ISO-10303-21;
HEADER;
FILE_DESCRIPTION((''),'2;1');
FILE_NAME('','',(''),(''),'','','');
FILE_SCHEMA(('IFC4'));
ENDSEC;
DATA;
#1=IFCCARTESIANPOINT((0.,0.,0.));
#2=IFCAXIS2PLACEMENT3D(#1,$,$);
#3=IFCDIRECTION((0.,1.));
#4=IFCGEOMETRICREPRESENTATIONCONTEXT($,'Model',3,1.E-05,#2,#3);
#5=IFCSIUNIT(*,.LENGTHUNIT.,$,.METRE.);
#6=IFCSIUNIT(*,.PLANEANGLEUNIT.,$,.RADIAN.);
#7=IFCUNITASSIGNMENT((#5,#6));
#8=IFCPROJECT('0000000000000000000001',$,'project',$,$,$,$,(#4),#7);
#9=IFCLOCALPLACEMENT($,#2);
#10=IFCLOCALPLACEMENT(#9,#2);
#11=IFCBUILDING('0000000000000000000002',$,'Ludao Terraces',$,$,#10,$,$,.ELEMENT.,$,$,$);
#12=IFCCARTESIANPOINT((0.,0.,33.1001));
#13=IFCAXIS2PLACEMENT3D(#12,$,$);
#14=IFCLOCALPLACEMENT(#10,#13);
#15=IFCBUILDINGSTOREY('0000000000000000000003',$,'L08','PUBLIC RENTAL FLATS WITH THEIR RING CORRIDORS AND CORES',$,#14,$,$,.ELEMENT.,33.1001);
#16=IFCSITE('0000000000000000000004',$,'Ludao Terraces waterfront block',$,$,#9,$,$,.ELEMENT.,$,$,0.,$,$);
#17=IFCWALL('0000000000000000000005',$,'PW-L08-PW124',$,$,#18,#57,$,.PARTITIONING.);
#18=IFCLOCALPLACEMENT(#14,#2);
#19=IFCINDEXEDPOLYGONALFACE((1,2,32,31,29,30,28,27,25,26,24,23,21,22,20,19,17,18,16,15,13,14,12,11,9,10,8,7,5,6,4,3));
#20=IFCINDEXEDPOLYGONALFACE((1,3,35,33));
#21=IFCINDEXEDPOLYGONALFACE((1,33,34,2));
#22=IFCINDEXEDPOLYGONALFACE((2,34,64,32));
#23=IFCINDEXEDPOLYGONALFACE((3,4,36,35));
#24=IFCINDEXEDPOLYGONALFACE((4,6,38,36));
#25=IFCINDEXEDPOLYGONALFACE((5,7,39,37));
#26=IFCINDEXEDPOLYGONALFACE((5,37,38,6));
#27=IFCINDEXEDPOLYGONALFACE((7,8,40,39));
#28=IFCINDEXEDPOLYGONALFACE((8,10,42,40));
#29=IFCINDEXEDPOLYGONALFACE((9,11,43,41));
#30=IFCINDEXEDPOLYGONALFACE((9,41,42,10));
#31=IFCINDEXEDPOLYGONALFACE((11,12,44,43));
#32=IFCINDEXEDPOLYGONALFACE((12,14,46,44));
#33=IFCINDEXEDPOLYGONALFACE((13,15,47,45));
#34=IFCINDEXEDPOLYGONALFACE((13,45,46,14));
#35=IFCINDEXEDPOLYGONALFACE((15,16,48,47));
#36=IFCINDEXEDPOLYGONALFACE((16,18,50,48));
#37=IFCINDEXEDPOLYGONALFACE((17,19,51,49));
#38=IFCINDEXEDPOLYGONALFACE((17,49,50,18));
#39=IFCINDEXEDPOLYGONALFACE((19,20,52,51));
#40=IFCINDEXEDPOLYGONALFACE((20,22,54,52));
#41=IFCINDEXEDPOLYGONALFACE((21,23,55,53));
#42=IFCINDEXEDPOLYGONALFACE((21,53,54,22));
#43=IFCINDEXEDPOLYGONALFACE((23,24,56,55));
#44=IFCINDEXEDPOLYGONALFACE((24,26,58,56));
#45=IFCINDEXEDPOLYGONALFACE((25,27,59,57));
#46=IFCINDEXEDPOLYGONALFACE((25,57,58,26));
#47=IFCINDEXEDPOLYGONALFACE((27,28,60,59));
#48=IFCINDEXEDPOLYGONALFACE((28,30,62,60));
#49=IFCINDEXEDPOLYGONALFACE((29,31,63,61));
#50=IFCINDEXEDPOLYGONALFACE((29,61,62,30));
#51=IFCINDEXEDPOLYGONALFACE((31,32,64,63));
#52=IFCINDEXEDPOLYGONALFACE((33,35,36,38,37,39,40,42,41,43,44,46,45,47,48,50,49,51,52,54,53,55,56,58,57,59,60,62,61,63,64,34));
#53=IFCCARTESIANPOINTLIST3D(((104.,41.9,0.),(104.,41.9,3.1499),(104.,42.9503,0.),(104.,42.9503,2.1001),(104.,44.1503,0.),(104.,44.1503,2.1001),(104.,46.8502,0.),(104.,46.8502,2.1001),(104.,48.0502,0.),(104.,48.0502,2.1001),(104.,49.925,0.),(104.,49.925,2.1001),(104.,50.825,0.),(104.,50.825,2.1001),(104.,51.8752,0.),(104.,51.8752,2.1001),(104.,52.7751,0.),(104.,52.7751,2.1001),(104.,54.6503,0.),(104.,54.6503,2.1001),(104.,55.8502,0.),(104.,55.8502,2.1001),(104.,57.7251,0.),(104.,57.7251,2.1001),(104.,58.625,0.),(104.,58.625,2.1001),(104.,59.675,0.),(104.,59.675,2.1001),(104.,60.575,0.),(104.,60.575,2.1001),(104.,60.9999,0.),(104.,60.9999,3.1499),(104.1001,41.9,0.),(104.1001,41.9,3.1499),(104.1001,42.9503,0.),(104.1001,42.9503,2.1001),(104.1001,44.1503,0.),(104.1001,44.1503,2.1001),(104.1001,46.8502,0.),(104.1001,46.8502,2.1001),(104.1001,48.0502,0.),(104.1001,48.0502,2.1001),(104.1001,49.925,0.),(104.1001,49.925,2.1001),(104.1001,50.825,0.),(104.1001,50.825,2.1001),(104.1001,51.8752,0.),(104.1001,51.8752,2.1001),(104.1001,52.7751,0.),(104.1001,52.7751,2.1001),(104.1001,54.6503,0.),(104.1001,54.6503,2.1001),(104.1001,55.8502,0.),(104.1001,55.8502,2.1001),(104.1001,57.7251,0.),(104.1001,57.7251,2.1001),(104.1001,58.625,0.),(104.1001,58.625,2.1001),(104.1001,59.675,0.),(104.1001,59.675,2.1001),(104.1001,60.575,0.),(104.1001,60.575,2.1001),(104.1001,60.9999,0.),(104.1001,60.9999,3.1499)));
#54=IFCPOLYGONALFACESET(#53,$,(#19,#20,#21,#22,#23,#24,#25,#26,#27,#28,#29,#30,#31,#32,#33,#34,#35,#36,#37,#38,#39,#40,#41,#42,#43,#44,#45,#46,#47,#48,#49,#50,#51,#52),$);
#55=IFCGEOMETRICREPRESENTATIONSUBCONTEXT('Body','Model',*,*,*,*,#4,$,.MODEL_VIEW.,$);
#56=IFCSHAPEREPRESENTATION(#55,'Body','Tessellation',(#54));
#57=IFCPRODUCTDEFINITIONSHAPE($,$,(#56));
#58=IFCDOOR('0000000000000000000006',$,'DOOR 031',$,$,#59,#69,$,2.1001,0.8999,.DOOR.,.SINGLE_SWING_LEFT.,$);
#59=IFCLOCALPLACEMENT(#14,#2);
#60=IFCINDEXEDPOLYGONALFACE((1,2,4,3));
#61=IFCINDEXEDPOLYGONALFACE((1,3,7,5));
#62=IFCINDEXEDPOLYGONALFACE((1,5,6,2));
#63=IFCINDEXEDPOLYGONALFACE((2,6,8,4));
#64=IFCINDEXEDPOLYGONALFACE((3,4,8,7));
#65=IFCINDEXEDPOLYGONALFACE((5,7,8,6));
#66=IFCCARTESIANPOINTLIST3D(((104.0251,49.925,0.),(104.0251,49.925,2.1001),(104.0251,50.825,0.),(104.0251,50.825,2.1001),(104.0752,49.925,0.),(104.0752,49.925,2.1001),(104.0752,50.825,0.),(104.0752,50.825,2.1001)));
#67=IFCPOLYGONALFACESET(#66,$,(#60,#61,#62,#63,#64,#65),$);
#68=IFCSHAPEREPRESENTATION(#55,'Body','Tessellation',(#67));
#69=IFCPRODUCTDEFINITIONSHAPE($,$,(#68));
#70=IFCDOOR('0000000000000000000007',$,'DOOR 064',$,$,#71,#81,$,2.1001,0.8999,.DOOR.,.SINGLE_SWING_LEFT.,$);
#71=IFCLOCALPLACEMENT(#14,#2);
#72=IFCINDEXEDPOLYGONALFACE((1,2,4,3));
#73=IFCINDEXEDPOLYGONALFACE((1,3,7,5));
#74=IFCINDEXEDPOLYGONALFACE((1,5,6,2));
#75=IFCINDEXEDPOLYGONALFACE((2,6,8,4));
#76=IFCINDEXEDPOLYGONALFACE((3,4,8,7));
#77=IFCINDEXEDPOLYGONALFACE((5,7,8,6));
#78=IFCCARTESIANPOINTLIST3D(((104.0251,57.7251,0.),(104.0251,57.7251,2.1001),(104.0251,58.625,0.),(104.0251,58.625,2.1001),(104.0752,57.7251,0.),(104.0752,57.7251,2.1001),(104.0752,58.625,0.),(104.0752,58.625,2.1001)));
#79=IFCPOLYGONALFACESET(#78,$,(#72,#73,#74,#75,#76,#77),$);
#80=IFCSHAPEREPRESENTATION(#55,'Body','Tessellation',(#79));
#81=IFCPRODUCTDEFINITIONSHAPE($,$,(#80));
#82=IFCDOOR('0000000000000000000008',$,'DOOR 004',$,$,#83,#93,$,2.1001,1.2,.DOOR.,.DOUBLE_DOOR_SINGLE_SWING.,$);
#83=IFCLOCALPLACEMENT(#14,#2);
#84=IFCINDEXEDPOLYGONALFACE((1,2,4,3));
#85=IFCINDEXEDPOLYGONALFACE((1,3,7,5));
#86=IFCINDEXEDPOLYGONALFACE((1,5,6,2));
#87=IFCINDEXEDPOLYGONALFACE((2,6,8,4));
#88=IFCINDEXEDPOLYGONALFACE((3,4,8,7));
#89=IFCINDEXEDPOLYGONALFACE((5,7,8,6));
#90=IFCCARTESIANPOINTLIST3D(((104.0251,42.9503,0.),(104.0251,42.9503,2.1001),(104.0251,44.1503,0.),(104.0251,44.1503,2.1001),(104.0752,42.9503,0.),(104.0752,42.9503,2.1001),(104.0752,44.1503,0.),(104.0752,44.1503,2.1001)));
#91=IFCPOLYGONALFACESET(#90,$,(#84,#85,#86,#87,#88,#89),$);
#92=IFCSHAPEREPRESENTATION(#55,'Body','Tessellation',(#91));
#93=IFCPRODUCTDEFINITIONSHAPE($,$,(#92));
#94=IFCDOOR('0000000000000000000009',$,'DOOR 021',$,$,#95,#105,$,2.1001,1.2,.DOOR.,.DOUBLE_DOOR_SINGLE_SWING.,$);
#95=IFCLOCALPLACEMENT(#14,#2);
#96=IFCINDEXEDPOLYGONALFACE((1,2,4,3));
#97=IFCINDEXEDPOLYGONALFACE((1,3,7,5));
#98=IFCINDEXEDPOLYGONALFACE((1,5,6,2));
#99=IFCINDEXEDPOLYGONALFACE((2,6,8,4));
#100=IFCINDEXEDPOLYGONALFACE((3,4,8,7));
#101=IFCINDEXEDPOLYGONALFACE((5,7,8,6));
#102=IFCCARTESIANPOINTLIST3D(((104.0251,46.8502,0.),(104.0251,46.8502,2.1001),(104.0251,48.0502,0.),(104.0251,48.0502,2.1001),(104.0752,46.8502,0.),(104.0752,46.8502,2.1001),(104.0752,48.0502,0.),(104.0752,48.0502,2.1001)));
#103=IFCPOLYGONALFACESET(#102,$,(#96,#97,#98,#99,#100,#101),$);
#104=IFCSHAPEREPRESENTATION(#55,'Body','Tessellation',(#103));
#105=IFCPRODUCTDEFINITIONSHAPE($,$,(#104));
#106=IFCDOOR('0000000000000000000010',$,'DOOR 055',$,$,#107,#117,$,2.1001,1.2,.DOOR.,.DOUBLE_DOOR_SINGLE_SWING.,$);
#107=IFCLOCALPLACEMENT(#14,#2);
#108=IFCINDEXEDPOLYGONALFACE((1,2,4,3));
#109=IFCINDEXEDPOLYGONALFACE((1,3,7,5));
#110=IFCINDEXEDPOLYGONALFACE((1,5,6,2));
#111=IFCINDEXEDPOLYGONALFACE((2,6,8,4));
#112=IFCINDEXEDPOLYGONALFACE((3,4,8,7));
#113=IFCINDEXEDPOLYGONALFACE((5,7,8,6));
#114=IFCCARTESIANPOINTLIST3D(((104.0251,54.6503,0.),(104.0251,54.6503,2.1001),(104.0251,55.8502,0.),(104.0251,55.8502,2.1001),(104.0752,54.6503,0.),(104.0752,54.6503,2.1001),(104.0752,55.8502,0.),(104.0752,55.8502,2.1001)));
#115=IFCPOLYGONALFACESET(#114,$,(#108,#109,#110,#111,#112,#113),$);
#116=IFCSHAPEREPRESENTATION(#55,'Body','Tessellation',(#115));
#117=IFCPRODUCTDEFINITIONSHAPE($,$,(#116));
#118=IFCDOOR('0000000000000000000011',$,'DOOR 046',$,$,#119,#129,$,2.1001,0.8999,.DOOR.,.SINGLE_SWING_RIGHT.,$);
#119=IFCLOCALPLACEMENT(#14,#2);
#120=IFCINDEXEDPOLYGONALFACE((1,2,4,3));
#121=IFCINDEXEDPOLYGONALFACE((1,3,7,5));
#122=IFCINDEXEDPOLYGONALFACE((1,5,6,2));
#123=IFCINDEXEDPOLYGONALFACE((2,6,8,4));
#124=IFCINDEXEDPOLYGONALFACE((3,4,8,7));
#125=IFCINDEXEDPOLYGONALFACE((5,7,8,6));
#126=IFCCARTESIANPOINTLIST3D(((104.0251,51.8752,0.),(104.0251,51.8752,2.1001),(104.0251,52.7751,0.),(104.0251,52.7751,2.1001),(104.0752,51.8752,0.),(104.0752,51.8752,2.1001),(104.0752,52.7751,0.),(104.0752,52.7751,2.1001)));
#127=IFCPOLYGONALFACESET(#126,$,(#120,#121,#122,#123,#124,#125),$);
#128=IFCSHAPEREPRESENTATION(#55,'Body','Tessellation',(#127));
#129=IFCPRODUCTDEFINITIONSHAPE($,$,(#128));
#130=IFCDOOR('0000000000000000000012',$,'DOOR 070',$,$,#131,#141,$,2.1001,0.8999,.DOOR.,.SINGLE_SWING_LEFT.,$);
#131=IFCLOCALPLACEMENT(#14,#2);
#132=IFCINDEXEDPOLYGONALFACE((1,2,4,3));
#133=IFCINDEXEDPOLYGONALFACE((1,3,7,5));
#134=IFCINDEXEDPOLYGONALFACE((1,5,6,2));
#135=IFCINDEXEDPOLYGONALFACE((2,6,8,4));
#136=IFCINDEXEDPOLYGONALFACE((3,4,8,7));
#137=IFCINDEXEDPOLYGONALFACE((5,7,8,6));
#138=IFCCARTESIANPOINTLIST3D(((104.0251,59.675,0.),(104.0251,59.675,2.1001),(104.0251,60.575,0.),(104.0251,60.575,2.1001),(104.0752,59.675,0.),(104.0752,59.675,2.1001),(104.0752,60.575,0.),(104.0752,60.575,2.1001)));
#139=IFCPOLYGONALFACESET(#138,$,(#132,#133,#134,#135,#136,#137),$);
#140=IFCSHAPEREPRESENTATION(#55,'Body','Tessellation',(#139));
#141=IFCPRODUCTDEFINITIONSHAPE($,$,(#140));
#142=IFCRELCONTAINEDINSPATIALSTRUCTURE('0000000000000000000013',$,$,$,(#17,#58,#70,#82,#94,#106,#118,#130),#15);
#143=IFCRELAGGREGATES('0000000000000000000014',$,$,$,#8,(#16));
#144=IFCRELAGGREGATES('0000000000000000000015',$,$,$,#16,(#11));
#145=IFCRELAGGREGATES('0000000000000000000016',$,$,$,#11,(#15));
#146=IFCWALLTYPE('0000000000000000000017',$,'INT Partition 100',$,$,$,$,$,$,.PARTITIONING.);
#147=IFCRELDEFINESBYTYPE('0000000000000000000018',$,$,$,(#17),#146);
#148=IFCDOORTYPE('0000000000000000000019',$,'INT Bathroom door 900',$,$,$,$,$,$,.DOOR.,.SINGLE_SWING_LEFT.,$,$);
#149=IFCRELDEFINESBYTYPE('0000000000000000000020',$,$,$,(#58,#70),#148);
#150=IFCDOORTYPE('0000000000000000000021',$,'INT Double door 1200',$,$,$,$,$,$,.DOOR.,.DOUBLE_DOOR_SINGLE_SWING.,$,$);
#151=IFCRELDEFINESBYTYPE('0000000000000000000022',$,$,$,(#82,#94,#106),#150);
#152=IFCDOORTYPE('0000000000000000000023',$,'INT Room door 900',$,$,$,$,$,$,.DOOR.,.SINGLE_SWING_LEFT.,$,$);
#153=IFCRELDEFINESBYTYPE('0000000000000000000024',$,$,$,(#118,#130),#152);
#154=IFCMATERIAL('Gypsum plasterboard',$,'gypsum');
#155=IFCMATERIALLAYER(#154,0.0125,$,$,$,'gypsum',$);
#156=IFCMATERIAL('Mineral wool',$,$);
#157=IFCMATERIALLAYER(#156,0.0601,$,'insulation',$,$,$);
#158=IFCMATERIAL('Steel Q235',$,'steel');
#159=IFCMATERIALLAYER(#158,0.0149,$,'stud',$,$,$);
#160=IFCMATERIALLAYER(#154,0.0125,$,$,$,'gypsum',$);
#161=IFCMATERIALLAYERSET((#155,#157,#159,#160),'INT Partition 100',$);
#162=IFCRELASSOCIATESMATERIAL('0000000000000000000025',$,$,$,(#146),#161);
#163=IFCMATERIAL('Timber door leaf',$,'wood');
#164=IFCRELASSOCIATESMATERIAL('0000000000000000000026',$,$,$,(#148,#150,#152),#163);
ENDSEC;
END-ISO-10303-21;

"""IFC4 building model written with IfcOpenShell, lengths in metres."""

from ifc_helpers import new_model, si_unit, direction, frame, frame_2d, origin, place, context, subcontext, project, spatial, rectangle, extrude, material, layer, layer_set, type_object, element, fill, save


model = new_model("IFC4")

# Units and contexts
model_context = context("Model", 3, precision=1e-05, world=origin(), true_north=direction((0.0, 1.0)))
body_context = subcontext(model_context, "Body", "Model", "MODEL_VIEW")
ifc_project = project(units=[si_unit("LENGTHUNIT", "METRE"), si_unit("PLANEANGLEUNIT", "RADIAN")], contexts=[model_context])

# Site, building, storey
site_placement = place(None, origin())
site = spatial("IfcSite", under=ifc_project, at=site_placement, Name="Ludao Terraces waterfront block", CompositionType="ELEMENT", RefElevation=0.0)
building_placement = place(site_placement, origin())
building = spatial("IfcBuilding", under=site, at=building_placement, Name="Ludao Terraces", CompositionType="ELEMENT")
storey_placement = place(building_placement, frame((0.0, 0.0, 33.1001)))
storey = spatial("IfcBuildingStorey", under=building, at=storey_placement, Name="L08", Description="PUBLIC RENTAL FLATS WITH THEIR RING CORRIDORS AND CORES", CompositionType="ELEMENT", Elevation=33.1001)

# Shared definitions
ifc_material_1 = material(Name="Mineral wool")

# Wall, openings, doors
ifc_material_2 = material(Name="Gypsum plasterboard", Category="gypsum")
ifc_layer_1 = layer(ifc_material_2, 0.0125, Category="gypsum")
ifc_layer_2 = layer(ifc_material_1, 0.0601, Name="insulation")
ifc_material_3 = material(Name="Steel Q235", Category="steel")
ifc_layer_3 = layer(ifc_material_3, 0.0149, Name="stud")
ifc_layer_4 = layer(ifc_material_2, 0.0125, Category="gypsum")
ifc_layer_set_1 = layer_set([ifc_layer_1, ifc_layer_2, ifc_layer_3, ifc_layer_4], Name="INT Partition 100")
wall_type_1 = type_object("IfcWallType", Name="INT Partition 100", PredefinedType="PARTITIONING", material=ifc_layer_set_1)
wall_1_placement = place(storey_placement, frame((104.05, 41.9001, 0.0), z_axis=(0.0, 0.0, 1.0), x_axis=(0.0, 1.0, 0.0)))
wall_1 = element("IfcWall", 1, at=wall_1_placement, inside=storey, type_object=wall_type_1, Name="PW-L08-PW124", PredefinedType="PARTITIONING", context=body_context, shape_type="SweptSolid", body=[
    extrude(rectangle(XDim=19.0999, YDim=0.1001, at=frame_2d((9.5498, 0.0))), origin(), (0.0, 0.0, 1.0), 3.1499),
])
opening_1_placement = place(wall_1_placement, frame((1.05, 0.0, 0.0)))
opening_1 = element("IfcOpeningElement", 2, at=opening_1_placement, cuts=wall_1, PredefinedType="OPENING", context=body_context, shape_type="SweptSolid", body=[
    extrude(rectangle(XDim=1.2, YDim=2.1001, at=frame_2d((0.6001, 1.05))), frame((0.0, 0.0601, 0.0), z_axis=(0.0, -1.0, 0.0), x_axis=(1.0, 0.0, 0.0)), (0.0, 0.0, 1.0), 0.1201),
])
opening_2_placement = place(wall_1_placement, frame((4.95, 0.0, 0.0)))
opening_2 = element("IfcOpeningElement", 3, at=opening_2_placement, cuts=wall_1, PredefinedType="OPENING", context=body_context, shape_type="SweptSolid", body=[
    extrude(rectangle(XDim=1.2, YDim=2.1001, at=frame_2d((0.6001, 1.05))), frame((0.0, 0.0601, 0.0), z_axis=(0.0, -1.0, 0.0), x_axis=(1.0, 0.0, 0.0)), (0.0, 0.0, 1.0), 0.1201),
])
opening_3_placement = place(wall_1_placement, frame((8.0249, 0.0, 0.0)))
opening_3 = element("IfcOpeningElement", 4, at=opening_3_placement, cuts=wall_1, PredefinedType="OPENING", context=body_context, shape_type="SweptSolid", body=[
    extrude(rectangle(XDim=0.8999, YDim=2.1001, at=frame_2d((0.45, 1.05))), frame((0.0, 0.0601, 0.0), z_axis=(0.0, -1.0, 0.0), x_axis=(1.0, 0.0, 0.0)), (0.0, 0.0, 1.0), 0.1201),
])
opening_4_placement = place(wall_1_placement, frame((9.9751, 0.0, 0.0)))
opening_4 = element("IfcOpeningElement", 5, at=opening_4_placement, cuts=wall_1, PredefinedType="OPENING", context=body_context, shape_type="SweptSolid", body=[
    extrude(rectangle(XDim=0.8999, YDim=2.1001, at=frame_2d((0.45, 1.05))), frame((0.0, 0.0601, 0.0), z_axis=(0.0, -1.0, 0.0), x_axis=(1.0, 0.0, 0.0)), (0.0, 0.0, 1.0), 0.1201),
])
opening_5_placement = place(wall_1_placement, frame((12.75, 0.0, 0.0)))
opening_5 = element("IfcOpeningElement", 6, at=opening_5_placement, cuts=wall_1, PredefinedType="OPENING", context=body_context, shape_type="SweptSolid", body=[
    extrude(rectangle(XDim=1.2, YDim=2.1001, at=frame_2d((0.6001, 1.05))), frame((0.0, 0.0601, 0.0), z_axis=(0.0, -1.0, 0.0), x_axis=(1.0, 0.0, 0.0)), (0.0, 0.0, 1.0), 0.1201),
])
opening_6_placement = place(wall_1_placement, frame((15.825, 0.0, 0.0)))
opening_6 = element("IfcOpeningElement", 7, at=opening_6_placement, cuts=wall_1, PredefinedType="OPENING", context=body_context, shape_type="SweptSolid", body=[
    extrude(rectangle(XDim=0.8999, YDim=2.1001, at=frame_2d((0.45, 1.05))), frame((0.0, 0.0601, 0.0), z_axis=(0.0, -1.0, 0.0), x_axis=(1.0, 0.0, 0.0)), (0.0, 0.0, 1.0), 0.1201),
])
opening_7_placement = place(wall_1_placement, frame((17.7749, 0.0, 0.0)))
opening_7 = element("IfcOpeningElement", 8, at=opening_7_placement, cuts=wall_1, PredefinedType="OPENING", context=body_context, shape_type="SweptSolid", body=[
    extrude(rectangle(XDim=0.8999, YDim=2.1001, at=frame_2d((0.45, 1.05))), frame((0.0, 0.0601, 0.0), z_axis=(0.0, -1.0, 0.0), x_axis=(1.0, 0.0, 0.0)), (0.0, 0.0, 1.0), 0.1201),
])
ifc_material_4 = material(Name="Timber door leaf", Category="wood")
door_type_1 = type_object("IfcDoorType", Name="INT Bathroom door 900", OperationType="SINGLE_SWING_LEFT", PredefinedType="DOOR", material=ifc_material_4)
door_1_placement = place(opening_3_placement, origin())
door_1 = element("IfcDoor", 9, at=door_1_placement, inside=storey, type_object=door_type_1, Name="DOOR 031", OperationType="SINGLE_SWING_LEFT", OverallHeight=2.1001, OverallWidth=0.8999, PredefinedType="DOOR", context=body_context, shape_type="SweptSolid", body=[
    extrude(rectangle(XDim=0.8999, YDim=2.1001, at=frame_2d((0.45, 1.05))), frame((0.0, 0.0249, 0.0), z_axis=(0.0, -1.0, 0.0), x_axis=(1.0, 0.0, 0.0)), (0.0, 0.0, 1.0), 0.05),
])
fill(opening_3, door_1)
door_2_placement = place(opening_6_placement, origin())
door_2 = element("IfcDoor", 10, at=door_2_placement, inside=storey, type_object=door_type_1, Name="DOOR 064", OperationType="SINGLE_SWING_LEFT", OverallHeight=2.1001, OverallWidth=0.8999, PredefinedType="DOOR", context=body_context, shape_type="SweptSolid", body=[
    extrude(rectangle(XDim=0.8999, YDim=2.1001, at=frame_2d((0.45, 1.05))), frame((0.0, 0.0249, 0.0), z_axis=(0.0, -1.0, 0.0), x_axis=(1.0, 0.0, 0.0)), (0.0, 0.0, 1.0), 0.05),
])
fill(opening_6, door_2)
door_type_2 = type_object("IfcDoorType", Name="INT Double door 1200", OperationType="DOUBLE_DOOR_SINGLE_SWING", PredefinedType="DOOR", material=ifc_material_4)
door_3_placement = place(opening_1_placement, origin())
door_3 = element("IfcDoor", 11, at=door_3_placement, inside=storey, type_object=door_type_2, Name="DOOR 004", OperationType="DOUBLE_DOOR_SINGLE_SWING", OverallHeight=2.1001, OverallWidth=1.2, PredefinedType="DOOR", context=body_context, shape_type="SweptSolid", body=[
    extrude(rectangle(XDim=1.2, YDim=2.1001, at=frame_2d((0.6001, 1.05))), frame((0.0, 0.0249, 0.0), z_axis=(0.0, -1.0, 0.0), x_axis=(1.0, 0.0, 0.0)), (0.0, 0.0, 1.0), 0.05),
])
fill(opening_1, door_3)
door_4_placement = place(opening_2_placement, origin())
door_4 = element("IfcDoor", 12, at=door_4_placement, inside=storey, type_object=door_type_2, Name="DOOR 021", OperationType="DOUBLE_DOOR_SINGLE_SWING", OverallHeight=2.1001, OverallWidth=1.2, PredefinedType="DOOR", context=body_context, shape_type="SweptSolid", body=[
    extrude(rectangle(XDim=1.2, YDim=2.1001, at=frame_2d((0.6001, 1.05))), frame((0.0, 0.0249, 0.0), z_axis=(0.0, -1.0, 0.0), x_axis=(1.0, 0.0, 0.0)), (0.0, 0.0, 1.0), 0.05),
])
fill(opening_2, door_4)
door_5_placement = place(opening_5_placement, origin())
door_5 = element("IfcDoor", 13, at=door_5_placement, inside=storey, type_object=door_type_2, Name="DOOR 055", OperationType="DOUBLE_DOOR_SINGLE_SWING", OverallHeight=2.1001, OverallWidth=1.2, PredefinedType="DOOR", context=body_context, shape_type="SweptSolid", body=[
    extrude(rectangle(XDim=1.2, YDim=2.1001, at=frame_2d((0.6001, 1.05))), frame((0.0, 0.0249, 0.0), z_axis=(0.0, -1.0, 0.0), x_axis=(1.0, 0.0, 0.0)), (0.0, 0.0, 1.0), 0.05),
])
fill(opening_5, door_5)
door_type_3 = type_object("IfcDoorType", Name="INT Room door 900", OperationType="SINGLE_SWING_LEFT", PredefinedType="DOOR", material=ifc_material_4)
door_6_placement = place(opening_4_placement, origin())
door_6 = element("IfcDoor", 14, at=door_6_placement, inside=storey, type_object=door_type_3, Name="DOOR 046", OperationType="SINGLE_SWING_RIGHT", OverallHeight=2.1001, OverallWidth=0.8999, PredefinedType="DOOR", context=body_context, shape_type="SweptSolid", body=[
    extrude(rectangle(XDim=0.8999, YDim=2.1001, at=frame_2d((0.45, 1.05))), frame((0.0, 0.0249, 0.0), z_axis=(0.0, -1.0, 0.0), x_axis=(1.0, 0.0, 0.0)), (0.0, 0.0, 1.0), 0.05),
])
fill(opening_4, door_6)
door_7_placement = place(opening_7_placement, origin())
door_7 = element("IfcDoor", 15, at=door_7_placement, inside=storey, type_object=door_type_3, Name="DOOR 070", OperationType="SINGLE_SWING_LEFT", OverallHeight=2.1001, OverallWidth=0.8999, PredefinedType="DOOR", context=body_context, shape_type="SweptSolid", body=[
    extrude(rectangle(XDim=0.8999, YDim=2.1001, at=frame_2d((0.45, 1.05))), frame((0.0, 0.0249, 0.0), z_axis=(0.0, -1.0, 0.0), x_axis=(1.0, 0.0, 0.0)), (0.0, 0.0, 1.0), 0.05),
])
fill(opening_7, door_7)

save(model, "model.ifc")
